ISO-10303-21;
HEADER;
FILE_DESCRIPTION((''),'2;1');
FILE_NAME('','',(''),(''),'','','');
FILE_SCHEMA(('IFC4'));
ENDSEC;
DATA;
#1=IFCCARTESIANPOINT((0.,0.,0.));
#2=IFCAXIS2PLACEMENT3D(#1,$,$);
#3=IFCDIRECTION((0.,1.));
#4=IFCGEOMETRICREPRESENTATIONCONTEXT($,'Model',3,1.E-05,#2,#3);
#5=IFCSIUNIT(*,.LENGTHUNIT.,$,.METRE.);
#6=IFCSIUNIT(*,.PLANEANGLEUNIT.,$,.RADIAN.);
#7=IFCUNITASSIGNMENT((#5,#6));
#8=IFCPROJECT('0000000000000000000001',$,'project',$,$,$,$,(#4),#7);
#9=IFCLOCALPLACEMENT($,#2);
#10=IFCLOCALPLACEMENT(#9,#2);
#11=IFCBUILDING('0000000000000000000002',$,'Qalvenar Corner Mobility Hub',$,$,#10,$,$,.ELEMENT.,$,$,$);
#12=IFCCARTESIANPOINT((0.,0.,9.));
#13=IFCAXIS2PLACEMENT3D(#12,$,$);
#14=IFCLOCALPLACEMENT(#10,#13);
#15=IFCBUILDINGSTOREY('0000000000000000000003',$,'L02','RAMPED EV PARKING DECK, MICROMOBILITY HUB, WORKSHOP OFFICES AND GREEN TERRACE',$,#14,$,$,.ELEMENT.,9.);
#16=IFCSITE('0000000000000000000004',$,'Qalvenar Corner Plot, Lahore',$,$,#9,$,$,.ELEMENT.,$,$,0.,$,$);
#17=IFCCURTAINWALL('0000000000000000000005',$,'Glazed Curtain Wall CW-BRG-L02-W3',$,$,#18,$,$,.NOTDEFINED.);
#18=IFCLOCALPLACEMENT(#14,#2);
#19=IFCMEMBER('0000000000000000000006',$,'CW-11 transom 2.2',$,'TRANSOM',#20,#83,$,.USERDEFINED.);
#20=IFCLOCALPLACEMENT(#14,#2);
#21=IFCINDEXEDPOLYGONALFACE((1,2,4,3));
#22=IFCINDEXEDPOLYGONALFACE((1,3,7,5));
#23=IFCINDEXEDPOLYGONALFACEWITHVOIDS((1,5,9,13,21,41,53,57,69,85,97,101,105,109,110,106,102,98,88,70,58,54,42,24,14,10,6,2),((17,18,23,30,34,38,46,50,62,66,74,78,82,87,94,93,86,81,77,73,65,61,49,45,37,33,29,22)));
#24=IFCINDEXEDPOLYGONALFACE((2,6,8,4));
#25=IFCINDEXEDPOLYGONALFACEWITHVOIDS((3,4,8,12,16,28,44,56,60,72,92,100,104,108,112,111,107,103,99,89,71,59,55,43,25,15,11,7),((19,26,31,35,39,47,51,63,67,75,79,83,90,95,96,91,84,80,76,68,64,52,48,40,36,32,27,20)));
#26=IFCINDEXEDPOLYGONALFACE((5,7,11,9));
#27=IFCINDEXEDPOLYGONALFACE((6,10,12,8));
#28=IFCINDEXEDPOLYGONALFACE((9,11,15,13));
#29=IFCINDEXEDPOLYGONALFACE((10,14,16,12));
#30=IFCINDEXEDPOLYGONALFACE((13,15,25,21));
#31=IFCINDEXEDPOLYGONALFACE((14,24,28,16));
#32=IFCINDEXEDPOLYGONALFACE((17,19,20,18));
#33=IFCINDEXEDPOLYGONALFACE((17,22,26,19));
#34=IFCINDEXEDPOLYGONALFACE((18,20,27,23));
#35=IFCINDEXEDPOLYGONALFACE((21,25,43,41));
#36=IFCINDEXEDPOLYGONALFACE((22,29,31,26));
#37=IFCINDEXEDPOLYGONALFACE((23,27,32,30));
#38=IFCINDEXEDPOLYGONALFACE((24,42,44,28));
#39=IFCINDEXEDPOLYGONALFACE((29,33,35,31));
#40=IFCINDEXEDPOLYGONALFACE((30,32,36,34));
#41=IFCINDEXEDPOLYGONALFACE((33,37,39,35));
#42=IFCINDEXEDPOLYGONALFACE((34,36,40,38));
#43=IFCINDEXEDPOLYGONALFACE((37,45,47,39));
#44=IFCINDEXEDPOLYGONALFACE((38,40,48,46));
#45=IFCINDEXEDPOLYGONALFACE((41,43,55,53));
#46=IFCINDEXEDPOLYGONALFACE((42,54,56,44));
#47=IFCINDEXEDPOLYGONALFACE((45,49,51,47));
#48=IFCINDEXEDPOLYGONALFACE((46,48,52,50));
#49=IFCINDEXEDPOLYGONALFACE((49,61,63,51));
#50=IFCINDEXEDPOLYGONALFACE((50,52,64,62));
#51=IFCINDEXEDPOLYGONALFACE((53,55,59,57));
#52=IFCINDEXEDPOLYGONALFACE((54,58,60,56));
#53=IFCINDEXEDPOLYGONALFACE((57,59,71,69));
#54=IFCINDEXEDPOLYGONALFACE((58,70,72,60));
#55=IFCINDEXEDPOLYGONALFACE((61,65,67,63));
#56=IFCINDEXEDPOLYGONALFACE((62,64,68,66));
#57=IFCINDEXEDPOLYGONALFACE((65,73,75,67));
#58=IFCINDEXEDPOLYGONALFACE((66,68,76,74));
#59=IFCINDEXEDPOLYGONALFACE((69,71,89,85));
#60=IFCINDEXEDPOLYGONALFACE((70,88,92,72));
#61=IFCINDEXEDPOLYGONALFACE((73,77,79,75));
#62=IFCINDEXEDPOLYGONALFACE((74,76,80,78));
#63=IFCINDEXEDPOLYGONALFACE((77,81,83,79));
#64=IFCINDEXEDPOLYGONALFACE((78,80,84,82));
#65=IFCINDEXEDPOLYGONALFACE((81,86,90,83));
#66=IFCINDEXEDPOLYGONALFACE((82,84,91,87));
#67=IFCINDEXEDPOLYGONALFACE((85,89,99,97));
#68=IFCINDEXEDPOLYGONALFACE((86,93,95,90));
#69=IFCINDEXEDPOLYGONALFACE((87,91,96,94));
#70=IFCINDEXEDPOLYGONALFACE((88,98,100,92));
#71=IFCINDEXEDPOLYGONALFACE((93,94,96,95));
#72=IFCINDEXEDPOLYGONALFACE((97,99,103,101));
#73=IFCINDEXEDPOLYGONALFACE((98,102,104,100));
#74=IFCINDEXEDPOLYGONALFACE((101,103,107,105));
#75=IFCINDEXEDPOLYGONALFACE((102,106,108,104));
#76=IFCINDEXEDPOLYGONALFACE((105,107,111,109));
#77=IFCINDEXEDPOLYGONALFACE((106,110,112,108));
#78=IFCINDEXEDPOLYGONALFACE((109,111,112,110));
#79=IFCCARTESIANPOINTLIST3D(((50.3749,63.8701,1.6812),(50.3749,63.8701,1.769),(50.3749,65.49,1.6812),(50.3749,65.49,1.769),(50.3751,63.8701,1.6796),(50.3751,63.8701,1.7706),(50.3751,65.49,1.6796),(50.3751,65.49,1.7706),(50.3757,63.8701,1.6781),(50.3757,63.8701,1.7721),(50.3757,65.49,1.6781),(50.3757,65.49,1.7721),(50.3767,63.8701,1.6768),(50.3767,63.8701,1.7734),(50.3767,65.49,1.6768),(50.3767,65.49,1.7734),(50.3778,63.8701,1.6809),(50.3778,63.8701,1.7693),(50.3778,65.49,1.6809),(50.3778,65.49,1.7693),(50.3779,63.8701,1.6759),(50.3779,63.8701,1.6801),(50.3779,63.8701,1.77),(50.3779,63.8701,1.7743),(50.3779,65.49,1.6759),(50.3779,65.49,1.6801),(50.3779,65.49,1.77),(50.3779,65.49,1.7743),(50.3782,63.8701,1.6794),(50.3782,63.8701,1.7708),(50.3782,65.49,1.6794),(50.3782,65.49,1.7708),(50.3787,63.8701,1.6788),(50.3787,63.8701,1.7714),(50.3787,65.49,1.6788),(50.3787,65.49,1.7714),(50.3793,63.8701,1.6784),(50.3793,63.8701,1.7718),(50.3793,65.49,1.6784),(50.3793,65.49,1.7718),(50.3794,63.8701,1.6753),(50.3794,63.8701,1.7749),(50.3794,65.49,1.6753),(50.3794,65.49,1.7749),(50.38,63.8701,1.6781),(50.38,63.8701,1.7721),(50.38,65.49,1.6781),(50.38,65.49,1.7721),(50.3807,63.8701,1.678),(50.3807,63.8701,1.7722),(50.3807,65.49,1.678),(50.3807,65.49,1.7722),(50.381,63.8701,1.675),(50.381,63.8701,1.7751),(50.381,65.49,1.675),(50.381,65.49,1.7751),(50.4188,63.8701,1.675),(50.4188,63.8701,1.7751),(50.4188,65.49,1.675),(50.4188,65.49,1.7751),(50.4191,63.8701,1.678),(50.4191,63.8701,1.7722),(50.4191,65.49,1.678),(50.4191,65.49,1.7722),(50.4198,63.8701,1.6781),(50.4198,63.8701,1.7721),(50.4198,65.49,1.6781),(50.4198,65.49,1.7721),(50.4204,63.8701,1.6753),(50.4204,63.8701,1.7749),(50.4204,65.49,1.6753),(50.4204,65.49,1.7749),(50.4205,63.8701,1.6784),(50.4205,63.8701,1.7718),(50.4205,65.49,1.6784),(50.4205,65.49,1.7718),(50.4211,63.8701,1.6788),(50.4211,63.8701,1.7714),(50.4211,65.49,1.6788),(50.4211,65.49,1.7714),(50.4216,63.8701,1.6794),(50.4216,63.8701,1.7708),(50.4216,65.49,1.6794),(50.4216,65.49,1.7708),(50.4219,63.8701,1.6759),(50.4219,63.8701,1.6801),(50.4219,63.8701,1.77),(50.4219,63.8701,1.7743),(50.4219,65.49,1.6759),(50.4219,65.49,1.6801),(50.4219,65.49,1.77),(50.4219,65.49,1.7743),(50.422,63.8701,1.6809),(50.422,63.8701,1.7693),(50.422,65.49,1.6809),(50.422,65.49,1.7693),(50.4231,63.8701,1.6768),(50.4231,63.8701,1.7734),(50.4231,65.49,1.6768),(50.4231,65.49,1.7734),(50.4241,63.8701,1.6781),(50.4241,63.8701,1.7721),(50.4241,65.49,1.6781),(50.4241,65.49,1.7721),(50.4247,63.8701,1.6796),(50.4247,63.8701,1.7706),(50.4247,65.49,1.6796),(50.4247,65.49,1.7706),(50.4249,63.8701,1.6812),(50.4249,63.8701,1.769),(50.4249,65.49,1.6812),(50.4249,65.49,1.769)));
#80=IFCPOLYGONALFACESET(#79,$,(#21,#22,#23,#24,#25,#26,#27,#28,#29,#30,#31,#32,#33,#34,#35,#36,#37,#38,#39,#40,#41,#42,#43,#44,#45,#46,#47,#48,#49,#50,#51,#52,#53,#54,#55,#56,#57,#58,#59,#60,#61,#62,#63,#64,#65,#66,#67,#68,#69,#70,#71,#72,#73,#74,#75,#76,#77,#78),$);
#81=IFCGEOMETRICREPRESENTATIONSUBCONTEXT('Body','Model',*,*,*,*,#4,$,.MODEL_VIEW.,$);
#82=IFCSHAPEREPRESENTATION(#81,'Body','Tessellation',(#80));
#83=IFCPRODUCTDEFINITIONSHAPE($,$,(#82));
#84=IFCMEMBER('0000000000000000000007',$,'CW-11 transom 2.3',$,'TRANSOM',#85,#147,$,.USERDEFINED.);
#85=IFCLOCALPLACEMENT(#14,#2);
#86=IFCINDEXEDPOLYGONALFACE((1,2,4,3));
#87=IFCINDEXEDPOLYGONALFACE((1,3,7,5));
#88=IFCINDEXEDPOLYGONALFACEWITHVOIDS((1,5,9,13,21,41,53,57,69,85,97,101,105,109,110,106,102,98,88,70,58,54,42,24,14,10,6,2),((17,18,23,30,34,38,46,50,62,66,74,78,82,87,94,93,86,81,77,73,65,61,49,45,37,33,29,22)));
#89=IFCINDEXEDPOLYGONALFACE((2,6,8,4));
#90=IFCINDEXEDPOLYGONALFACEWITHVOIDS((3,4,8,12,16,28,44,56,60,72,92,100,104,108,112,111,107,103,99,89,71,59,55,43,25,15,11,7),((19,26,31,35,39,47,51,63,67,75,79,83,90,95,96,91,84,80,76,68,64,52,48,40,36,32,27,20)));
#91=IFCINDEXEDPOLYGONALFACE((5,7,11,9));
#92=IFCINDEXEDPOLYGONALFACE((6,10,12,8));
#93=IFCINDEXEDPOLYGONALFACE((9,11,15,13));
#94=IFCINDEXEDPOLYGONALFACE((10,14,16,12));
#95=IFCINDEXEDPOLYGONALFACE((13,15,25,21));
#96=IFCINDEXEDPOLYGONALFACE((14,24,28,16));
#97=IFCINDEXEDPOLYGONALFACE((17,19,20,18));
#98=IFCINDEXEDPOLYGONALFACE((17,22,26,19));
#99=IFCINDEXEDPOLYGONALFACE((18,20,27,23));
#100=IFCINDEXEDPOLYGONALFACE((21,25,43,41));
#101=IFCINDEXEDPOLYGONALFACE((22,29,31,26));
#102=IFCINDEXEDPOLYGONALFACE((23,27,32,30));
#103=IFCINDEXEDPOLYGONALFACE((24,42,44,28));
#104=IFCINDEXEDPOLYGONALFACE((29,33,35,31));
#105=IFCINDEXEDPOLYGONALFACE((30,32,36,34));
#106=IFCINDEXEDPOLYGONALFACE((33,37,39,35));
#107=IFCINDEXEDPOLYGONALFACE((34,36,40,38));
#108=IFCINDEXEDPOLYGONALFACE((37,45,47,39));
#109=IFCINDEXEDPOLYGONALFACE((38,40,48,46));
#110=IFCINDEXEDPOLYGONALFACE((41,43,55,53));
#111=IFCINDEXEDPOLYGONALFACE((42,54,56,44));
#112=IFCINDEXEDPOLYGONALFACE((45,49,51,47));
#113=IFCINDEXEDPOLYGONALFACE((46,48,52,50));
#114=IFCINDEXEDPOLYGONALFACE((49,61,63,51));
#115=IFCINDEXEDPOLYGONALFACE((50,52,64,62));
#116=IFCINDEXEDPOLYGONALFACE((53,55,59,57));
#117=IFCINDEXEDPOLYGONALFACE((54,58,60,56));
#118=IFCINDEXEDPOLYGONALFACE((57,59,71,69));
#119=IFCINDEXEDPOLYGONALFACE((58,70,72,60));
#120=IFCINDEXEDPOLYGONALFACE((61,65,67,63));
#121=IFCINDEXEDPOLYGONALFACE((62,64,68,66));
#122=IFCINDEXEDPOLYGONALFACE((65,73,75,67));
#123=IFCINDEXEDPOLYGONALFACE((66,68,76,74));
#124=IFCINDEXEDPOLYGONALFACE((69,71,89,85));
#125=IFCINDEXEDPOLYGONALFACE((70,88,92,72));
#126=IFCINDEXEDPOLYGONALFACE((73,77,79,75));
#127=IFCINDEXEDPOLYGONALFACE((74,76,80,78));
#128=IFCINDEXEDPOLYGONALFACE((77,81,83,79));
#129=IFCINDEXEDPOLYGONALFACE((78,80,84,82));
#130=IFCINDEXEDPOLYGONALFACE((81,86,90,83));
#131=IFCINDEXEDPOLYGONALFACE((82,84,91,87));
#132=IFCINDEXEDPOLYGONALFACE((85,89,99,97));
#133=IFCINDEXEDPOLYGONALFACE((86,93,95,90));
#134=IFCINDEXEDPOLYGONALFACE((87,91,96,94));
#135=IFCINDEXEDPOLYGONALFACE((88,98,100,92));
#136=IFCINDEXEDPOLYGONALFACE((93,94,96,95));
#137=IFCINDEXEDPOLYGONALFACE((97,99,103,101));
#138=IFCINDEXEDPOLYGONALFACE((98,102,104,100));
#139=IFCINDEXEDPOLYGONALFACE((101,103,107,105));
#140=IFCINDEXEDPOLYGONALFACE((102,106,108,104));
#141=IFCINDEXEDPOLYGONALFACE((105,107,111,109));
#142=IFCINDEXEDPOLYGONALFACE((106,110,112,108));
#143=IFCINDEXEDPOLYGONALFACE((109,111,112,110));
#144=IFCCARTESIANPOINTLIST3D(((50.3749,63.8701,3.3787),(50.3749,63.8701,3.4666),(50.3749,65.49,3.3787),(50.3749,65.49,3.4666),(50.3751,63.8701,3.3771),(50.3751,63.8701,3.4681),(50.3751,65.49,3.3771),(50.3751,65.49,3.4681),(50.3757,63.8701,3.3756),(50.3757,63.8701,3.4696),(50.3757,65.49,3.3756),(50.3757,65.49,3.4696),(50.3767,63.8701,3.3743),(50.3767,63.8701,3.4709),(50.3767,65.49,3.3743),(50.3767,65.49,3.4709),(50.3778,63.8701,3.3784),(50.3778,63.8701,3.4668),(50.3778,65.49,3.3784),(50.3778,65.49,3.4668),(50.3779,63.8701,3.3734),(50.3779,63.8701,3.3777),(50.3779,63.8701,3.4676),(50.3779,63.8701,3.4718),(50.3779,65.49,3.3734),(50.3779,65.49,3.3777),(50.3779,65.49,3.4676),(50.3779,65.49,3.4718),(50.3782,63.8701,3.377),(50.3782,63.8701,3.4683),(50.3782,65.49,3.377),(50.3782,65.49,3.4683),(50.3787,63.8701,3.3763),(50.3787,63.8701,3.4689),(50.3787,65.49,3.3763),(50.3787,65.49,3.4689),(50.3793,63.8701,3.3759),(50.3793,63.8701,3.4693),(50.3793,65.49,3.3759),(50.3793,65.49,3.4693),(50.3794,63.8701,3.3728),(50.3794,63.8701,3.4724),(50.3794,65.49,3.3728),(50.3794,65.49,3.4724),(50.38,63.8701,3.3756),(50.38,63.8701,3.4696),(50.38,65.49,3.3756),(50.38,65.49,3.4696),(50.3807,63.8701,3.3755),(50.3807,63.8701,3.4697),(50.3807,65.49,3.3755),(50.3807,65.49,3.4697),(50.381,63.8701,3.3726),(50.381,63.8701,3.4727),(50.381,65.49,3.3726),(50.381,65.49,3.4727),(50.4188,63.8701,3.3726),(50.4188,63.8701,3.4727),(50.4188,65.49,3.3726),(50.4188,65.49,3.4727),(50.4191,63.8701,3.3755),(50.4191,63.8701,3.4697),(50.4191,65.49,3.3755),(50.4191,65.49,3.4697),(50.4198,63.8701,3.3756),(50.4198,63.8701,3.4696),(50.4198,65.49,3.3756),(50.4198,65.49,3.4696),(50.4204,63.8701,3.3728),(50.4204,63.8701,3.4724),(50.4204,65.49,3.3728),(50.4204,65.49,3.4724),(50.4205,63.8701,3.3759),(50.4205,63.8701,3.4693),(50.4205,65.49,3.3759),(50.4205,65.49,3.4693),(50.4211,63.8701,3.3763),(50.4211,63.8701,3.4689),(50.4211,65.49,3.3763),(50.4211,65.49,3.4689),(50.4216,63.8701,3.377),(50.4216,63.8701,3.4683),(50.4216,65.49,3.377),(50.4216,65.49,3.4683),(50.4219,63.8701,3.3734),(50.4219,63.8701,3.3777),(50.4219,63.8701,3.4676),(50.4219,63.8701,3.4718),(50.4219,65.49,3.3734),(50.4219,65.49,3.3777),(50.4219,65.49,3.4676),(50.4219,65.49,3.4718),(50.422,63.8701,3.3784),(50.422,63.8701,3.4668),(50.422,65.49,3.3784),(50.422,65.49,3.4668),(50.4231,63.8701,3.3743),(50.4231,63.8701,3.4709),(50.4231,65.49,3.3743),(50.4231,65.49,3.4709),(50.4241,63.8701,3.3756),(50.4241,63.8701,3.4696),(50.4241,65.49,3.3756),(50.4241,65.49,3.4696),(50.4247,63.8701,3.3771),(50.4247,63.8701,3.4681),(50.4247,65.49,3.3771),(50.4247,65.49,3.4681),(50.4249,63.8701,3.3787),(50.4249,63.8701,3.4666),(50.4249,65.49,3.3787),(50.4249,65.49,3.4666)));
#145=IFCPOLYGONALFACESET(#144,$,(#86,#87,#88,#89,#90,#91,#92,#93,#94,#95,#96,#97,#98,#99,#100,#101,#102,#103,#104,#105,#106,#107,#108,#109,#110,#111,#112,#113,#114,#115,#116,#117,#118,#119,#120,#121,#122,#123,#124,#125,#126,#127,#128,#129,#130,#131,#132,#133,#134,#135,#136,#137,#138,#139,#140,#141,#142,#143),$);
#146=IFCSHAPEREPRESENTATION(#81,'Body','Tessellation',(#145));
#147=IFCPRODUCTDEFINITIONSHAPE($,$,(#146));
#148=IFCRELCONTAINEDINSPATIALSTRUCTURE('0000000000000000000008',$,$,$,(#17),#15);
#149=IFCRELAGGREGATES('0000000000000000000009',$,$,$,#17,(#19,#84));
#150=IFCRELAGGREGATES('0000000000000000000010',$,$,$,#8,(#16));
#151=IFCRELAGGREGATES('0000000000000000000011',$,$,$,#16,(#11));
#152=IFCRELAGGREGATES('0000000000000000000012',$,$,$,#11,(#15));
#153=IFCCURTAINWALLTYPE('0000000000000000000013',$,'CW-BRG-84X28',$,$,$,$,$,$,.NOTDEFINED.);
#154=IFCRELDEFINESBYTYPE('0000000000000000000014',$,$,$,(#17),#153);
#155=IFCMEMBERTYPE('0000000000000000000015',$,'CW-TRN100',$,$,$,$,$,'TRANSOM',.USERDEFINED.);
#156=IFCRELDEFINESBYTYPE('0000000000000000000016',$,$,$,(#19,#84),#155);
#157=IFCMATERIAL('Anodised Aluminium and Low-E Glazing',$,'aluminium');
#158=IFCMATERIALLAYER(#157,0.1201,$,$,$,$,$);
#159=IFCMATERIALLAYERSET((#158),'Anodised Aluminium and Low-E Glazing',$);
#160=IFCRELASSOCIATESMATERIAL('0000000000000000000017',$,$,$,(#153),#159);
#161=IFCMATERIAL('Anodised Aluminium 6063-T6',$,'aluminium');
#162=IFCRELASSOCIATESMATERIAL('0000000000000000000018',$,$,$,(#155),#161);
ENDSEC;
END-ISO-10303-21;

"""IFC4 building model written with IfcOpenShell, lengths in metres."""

from ifc_helpers import new_model, si_unit, direction, frame, origin, origin_2d, place, context, subcontext, project, spatial, hollow_rectangle, extrude, material, layer, layer_set, material_profile, profile_set, type_object, element, aggregate, save


model = new_model("IFC4")

# Units and contexts
model_context = context("Model", 3, precision=1e-05, world=origin(), true_north=direction((0.0, 1.0)))
body_context = subcontext(model_context, "Body", "Model", "MODEL_VIEW")
ifc_project = project(units=[si_unit("LENGTHUNIT", "METRE"), si_unit("PLANEANGLEUNIT", "RADIAN")], contexts=[model_context])

# Site, building, storey
site_placement = place(None, origin())
site = spatial("IfcSite", under=ifc_project, at=site_placement, Name="Qalvenar Corner Plot, Lahore", CompositionType="ELEMENT", RefElevation=0.0)
building_placement = place(site_placement, origin())
building = spatial("IfcBuilding", under=site, at=building_placement, Name="Qalvenar Corner Mobility Hub", CompositionType="ELEMENT")
storey_placement = place(building_placement, frame((0.0, 0.0, 9.0)))
storey = spatial("IfcBuildingStorey", under=building, at=storey_placement, Name="L02", Description="RAMPED EV PARKING DECK, MICROMOBILITY HUB, WORKSHOP OFFICES AND GREEN TERRACE", CompositionType="ELEMENT", Elevation=9.0)

# Curtain wall, members
ifc_material_1 = material(Name="Anodised Aluminium and Low-E Glazing", Category="aluminium")
ifc_layer_1 = layer(ifc_material_1, 0.1201)
ifc_layer_set_1 = layer_set([ifc_layer_1], Name="Anodised Aluminium and Low-E Glazing")
curtain_wall_type = type_object("IfcCurtainWallType", Name="CW-BRG-84X28", PredefinedType="NOTDEFINED", material=ifc_layer_set_1)
curtain_wall_placement = place(storey_placement, origin())
curtain_wall = element("IfcCurtainWall", 1, at=curtain_wall_placement, inside=storey, type_object=curtain_wall_type, Name="Glazed Curtain Wall CW-BRG-L02-W3", PredefinedType="NOTDEFINED")
ifc_material_2 = material(Name="Anodised Aluminium 6063-T6", Category="aluminium")
ifc_material_profile_1 = material_profile(ifc_material_2, hollow_rectangle(XDim=0.05, YDim=0.1001, WallThickness=0.0029, InnerFilletRadius=0.0029, OuterFilletRadius=0.0061, at=origin_2d()), Name="RHS100x50x3")
ifc_profile_set_1 = profile_set([ifc_material_profile_1], Name="Anodised Aluminium 6063-T6")
member_type_1 = type_object("IfcMemberType", Name="CW-TRN100", ElementType="TRANSOM", PredefinedType="USERDEFINED", material=ifc_profile_set_1)
member_1_placement = place(storey_placement, frame((50.3999, 65.49, 1.7251), z_axis=(0.0, -1.0, 0.0), x_axis=(1.0, 0.0, 0.0)))
member_1 = element("IfcMember", 2, at=member_1_placement, type_object=member_type_1, Name="CW-11 transom 2.2", ObjectType="TRANSOM", PredefinedType="USERDEFINED", context=body_context, shape_type="SweptSolid", body=[
    extrude(hollow_rectangle(XDim=0.05, YDim=0.1001, WallThickness=0.0029, InnerFilletRadius=0.0029, OuterFilletRadius=0.0061, at=origin_2d()), origin(), (0.0, 0.0, 1.0), 1.6199),
])
member_2_placement = place(storey_placement, frame((50.3999, 65.49, 3.4226), z_axis=(0.0, -1.0, 0.0), x_axis=(1.0, 0.0, 0.0)))
member_2 = element("IfcMember", 3, at=member_2_placement, type_object=member_type_1, Name="CW-11 transom 2.3", ObjectType="TRANSOM", PredefinedType="USERDEFINED", context=body_context, shape_type="SweptSolid", body=[
    extrude(hollow_rectangle(XDim=0.05, YDim=0.1001, WallThickness=0.0029, InnerFilletRadius=0.0029, OuterFilletRadius=0.0061, at=origin_2d()), origin(), (0.0, 0.0, 1.0), 1.6199),
])
aggregate(curtain_wall, [member_1, member_2])

save(model, "model.ifc")
